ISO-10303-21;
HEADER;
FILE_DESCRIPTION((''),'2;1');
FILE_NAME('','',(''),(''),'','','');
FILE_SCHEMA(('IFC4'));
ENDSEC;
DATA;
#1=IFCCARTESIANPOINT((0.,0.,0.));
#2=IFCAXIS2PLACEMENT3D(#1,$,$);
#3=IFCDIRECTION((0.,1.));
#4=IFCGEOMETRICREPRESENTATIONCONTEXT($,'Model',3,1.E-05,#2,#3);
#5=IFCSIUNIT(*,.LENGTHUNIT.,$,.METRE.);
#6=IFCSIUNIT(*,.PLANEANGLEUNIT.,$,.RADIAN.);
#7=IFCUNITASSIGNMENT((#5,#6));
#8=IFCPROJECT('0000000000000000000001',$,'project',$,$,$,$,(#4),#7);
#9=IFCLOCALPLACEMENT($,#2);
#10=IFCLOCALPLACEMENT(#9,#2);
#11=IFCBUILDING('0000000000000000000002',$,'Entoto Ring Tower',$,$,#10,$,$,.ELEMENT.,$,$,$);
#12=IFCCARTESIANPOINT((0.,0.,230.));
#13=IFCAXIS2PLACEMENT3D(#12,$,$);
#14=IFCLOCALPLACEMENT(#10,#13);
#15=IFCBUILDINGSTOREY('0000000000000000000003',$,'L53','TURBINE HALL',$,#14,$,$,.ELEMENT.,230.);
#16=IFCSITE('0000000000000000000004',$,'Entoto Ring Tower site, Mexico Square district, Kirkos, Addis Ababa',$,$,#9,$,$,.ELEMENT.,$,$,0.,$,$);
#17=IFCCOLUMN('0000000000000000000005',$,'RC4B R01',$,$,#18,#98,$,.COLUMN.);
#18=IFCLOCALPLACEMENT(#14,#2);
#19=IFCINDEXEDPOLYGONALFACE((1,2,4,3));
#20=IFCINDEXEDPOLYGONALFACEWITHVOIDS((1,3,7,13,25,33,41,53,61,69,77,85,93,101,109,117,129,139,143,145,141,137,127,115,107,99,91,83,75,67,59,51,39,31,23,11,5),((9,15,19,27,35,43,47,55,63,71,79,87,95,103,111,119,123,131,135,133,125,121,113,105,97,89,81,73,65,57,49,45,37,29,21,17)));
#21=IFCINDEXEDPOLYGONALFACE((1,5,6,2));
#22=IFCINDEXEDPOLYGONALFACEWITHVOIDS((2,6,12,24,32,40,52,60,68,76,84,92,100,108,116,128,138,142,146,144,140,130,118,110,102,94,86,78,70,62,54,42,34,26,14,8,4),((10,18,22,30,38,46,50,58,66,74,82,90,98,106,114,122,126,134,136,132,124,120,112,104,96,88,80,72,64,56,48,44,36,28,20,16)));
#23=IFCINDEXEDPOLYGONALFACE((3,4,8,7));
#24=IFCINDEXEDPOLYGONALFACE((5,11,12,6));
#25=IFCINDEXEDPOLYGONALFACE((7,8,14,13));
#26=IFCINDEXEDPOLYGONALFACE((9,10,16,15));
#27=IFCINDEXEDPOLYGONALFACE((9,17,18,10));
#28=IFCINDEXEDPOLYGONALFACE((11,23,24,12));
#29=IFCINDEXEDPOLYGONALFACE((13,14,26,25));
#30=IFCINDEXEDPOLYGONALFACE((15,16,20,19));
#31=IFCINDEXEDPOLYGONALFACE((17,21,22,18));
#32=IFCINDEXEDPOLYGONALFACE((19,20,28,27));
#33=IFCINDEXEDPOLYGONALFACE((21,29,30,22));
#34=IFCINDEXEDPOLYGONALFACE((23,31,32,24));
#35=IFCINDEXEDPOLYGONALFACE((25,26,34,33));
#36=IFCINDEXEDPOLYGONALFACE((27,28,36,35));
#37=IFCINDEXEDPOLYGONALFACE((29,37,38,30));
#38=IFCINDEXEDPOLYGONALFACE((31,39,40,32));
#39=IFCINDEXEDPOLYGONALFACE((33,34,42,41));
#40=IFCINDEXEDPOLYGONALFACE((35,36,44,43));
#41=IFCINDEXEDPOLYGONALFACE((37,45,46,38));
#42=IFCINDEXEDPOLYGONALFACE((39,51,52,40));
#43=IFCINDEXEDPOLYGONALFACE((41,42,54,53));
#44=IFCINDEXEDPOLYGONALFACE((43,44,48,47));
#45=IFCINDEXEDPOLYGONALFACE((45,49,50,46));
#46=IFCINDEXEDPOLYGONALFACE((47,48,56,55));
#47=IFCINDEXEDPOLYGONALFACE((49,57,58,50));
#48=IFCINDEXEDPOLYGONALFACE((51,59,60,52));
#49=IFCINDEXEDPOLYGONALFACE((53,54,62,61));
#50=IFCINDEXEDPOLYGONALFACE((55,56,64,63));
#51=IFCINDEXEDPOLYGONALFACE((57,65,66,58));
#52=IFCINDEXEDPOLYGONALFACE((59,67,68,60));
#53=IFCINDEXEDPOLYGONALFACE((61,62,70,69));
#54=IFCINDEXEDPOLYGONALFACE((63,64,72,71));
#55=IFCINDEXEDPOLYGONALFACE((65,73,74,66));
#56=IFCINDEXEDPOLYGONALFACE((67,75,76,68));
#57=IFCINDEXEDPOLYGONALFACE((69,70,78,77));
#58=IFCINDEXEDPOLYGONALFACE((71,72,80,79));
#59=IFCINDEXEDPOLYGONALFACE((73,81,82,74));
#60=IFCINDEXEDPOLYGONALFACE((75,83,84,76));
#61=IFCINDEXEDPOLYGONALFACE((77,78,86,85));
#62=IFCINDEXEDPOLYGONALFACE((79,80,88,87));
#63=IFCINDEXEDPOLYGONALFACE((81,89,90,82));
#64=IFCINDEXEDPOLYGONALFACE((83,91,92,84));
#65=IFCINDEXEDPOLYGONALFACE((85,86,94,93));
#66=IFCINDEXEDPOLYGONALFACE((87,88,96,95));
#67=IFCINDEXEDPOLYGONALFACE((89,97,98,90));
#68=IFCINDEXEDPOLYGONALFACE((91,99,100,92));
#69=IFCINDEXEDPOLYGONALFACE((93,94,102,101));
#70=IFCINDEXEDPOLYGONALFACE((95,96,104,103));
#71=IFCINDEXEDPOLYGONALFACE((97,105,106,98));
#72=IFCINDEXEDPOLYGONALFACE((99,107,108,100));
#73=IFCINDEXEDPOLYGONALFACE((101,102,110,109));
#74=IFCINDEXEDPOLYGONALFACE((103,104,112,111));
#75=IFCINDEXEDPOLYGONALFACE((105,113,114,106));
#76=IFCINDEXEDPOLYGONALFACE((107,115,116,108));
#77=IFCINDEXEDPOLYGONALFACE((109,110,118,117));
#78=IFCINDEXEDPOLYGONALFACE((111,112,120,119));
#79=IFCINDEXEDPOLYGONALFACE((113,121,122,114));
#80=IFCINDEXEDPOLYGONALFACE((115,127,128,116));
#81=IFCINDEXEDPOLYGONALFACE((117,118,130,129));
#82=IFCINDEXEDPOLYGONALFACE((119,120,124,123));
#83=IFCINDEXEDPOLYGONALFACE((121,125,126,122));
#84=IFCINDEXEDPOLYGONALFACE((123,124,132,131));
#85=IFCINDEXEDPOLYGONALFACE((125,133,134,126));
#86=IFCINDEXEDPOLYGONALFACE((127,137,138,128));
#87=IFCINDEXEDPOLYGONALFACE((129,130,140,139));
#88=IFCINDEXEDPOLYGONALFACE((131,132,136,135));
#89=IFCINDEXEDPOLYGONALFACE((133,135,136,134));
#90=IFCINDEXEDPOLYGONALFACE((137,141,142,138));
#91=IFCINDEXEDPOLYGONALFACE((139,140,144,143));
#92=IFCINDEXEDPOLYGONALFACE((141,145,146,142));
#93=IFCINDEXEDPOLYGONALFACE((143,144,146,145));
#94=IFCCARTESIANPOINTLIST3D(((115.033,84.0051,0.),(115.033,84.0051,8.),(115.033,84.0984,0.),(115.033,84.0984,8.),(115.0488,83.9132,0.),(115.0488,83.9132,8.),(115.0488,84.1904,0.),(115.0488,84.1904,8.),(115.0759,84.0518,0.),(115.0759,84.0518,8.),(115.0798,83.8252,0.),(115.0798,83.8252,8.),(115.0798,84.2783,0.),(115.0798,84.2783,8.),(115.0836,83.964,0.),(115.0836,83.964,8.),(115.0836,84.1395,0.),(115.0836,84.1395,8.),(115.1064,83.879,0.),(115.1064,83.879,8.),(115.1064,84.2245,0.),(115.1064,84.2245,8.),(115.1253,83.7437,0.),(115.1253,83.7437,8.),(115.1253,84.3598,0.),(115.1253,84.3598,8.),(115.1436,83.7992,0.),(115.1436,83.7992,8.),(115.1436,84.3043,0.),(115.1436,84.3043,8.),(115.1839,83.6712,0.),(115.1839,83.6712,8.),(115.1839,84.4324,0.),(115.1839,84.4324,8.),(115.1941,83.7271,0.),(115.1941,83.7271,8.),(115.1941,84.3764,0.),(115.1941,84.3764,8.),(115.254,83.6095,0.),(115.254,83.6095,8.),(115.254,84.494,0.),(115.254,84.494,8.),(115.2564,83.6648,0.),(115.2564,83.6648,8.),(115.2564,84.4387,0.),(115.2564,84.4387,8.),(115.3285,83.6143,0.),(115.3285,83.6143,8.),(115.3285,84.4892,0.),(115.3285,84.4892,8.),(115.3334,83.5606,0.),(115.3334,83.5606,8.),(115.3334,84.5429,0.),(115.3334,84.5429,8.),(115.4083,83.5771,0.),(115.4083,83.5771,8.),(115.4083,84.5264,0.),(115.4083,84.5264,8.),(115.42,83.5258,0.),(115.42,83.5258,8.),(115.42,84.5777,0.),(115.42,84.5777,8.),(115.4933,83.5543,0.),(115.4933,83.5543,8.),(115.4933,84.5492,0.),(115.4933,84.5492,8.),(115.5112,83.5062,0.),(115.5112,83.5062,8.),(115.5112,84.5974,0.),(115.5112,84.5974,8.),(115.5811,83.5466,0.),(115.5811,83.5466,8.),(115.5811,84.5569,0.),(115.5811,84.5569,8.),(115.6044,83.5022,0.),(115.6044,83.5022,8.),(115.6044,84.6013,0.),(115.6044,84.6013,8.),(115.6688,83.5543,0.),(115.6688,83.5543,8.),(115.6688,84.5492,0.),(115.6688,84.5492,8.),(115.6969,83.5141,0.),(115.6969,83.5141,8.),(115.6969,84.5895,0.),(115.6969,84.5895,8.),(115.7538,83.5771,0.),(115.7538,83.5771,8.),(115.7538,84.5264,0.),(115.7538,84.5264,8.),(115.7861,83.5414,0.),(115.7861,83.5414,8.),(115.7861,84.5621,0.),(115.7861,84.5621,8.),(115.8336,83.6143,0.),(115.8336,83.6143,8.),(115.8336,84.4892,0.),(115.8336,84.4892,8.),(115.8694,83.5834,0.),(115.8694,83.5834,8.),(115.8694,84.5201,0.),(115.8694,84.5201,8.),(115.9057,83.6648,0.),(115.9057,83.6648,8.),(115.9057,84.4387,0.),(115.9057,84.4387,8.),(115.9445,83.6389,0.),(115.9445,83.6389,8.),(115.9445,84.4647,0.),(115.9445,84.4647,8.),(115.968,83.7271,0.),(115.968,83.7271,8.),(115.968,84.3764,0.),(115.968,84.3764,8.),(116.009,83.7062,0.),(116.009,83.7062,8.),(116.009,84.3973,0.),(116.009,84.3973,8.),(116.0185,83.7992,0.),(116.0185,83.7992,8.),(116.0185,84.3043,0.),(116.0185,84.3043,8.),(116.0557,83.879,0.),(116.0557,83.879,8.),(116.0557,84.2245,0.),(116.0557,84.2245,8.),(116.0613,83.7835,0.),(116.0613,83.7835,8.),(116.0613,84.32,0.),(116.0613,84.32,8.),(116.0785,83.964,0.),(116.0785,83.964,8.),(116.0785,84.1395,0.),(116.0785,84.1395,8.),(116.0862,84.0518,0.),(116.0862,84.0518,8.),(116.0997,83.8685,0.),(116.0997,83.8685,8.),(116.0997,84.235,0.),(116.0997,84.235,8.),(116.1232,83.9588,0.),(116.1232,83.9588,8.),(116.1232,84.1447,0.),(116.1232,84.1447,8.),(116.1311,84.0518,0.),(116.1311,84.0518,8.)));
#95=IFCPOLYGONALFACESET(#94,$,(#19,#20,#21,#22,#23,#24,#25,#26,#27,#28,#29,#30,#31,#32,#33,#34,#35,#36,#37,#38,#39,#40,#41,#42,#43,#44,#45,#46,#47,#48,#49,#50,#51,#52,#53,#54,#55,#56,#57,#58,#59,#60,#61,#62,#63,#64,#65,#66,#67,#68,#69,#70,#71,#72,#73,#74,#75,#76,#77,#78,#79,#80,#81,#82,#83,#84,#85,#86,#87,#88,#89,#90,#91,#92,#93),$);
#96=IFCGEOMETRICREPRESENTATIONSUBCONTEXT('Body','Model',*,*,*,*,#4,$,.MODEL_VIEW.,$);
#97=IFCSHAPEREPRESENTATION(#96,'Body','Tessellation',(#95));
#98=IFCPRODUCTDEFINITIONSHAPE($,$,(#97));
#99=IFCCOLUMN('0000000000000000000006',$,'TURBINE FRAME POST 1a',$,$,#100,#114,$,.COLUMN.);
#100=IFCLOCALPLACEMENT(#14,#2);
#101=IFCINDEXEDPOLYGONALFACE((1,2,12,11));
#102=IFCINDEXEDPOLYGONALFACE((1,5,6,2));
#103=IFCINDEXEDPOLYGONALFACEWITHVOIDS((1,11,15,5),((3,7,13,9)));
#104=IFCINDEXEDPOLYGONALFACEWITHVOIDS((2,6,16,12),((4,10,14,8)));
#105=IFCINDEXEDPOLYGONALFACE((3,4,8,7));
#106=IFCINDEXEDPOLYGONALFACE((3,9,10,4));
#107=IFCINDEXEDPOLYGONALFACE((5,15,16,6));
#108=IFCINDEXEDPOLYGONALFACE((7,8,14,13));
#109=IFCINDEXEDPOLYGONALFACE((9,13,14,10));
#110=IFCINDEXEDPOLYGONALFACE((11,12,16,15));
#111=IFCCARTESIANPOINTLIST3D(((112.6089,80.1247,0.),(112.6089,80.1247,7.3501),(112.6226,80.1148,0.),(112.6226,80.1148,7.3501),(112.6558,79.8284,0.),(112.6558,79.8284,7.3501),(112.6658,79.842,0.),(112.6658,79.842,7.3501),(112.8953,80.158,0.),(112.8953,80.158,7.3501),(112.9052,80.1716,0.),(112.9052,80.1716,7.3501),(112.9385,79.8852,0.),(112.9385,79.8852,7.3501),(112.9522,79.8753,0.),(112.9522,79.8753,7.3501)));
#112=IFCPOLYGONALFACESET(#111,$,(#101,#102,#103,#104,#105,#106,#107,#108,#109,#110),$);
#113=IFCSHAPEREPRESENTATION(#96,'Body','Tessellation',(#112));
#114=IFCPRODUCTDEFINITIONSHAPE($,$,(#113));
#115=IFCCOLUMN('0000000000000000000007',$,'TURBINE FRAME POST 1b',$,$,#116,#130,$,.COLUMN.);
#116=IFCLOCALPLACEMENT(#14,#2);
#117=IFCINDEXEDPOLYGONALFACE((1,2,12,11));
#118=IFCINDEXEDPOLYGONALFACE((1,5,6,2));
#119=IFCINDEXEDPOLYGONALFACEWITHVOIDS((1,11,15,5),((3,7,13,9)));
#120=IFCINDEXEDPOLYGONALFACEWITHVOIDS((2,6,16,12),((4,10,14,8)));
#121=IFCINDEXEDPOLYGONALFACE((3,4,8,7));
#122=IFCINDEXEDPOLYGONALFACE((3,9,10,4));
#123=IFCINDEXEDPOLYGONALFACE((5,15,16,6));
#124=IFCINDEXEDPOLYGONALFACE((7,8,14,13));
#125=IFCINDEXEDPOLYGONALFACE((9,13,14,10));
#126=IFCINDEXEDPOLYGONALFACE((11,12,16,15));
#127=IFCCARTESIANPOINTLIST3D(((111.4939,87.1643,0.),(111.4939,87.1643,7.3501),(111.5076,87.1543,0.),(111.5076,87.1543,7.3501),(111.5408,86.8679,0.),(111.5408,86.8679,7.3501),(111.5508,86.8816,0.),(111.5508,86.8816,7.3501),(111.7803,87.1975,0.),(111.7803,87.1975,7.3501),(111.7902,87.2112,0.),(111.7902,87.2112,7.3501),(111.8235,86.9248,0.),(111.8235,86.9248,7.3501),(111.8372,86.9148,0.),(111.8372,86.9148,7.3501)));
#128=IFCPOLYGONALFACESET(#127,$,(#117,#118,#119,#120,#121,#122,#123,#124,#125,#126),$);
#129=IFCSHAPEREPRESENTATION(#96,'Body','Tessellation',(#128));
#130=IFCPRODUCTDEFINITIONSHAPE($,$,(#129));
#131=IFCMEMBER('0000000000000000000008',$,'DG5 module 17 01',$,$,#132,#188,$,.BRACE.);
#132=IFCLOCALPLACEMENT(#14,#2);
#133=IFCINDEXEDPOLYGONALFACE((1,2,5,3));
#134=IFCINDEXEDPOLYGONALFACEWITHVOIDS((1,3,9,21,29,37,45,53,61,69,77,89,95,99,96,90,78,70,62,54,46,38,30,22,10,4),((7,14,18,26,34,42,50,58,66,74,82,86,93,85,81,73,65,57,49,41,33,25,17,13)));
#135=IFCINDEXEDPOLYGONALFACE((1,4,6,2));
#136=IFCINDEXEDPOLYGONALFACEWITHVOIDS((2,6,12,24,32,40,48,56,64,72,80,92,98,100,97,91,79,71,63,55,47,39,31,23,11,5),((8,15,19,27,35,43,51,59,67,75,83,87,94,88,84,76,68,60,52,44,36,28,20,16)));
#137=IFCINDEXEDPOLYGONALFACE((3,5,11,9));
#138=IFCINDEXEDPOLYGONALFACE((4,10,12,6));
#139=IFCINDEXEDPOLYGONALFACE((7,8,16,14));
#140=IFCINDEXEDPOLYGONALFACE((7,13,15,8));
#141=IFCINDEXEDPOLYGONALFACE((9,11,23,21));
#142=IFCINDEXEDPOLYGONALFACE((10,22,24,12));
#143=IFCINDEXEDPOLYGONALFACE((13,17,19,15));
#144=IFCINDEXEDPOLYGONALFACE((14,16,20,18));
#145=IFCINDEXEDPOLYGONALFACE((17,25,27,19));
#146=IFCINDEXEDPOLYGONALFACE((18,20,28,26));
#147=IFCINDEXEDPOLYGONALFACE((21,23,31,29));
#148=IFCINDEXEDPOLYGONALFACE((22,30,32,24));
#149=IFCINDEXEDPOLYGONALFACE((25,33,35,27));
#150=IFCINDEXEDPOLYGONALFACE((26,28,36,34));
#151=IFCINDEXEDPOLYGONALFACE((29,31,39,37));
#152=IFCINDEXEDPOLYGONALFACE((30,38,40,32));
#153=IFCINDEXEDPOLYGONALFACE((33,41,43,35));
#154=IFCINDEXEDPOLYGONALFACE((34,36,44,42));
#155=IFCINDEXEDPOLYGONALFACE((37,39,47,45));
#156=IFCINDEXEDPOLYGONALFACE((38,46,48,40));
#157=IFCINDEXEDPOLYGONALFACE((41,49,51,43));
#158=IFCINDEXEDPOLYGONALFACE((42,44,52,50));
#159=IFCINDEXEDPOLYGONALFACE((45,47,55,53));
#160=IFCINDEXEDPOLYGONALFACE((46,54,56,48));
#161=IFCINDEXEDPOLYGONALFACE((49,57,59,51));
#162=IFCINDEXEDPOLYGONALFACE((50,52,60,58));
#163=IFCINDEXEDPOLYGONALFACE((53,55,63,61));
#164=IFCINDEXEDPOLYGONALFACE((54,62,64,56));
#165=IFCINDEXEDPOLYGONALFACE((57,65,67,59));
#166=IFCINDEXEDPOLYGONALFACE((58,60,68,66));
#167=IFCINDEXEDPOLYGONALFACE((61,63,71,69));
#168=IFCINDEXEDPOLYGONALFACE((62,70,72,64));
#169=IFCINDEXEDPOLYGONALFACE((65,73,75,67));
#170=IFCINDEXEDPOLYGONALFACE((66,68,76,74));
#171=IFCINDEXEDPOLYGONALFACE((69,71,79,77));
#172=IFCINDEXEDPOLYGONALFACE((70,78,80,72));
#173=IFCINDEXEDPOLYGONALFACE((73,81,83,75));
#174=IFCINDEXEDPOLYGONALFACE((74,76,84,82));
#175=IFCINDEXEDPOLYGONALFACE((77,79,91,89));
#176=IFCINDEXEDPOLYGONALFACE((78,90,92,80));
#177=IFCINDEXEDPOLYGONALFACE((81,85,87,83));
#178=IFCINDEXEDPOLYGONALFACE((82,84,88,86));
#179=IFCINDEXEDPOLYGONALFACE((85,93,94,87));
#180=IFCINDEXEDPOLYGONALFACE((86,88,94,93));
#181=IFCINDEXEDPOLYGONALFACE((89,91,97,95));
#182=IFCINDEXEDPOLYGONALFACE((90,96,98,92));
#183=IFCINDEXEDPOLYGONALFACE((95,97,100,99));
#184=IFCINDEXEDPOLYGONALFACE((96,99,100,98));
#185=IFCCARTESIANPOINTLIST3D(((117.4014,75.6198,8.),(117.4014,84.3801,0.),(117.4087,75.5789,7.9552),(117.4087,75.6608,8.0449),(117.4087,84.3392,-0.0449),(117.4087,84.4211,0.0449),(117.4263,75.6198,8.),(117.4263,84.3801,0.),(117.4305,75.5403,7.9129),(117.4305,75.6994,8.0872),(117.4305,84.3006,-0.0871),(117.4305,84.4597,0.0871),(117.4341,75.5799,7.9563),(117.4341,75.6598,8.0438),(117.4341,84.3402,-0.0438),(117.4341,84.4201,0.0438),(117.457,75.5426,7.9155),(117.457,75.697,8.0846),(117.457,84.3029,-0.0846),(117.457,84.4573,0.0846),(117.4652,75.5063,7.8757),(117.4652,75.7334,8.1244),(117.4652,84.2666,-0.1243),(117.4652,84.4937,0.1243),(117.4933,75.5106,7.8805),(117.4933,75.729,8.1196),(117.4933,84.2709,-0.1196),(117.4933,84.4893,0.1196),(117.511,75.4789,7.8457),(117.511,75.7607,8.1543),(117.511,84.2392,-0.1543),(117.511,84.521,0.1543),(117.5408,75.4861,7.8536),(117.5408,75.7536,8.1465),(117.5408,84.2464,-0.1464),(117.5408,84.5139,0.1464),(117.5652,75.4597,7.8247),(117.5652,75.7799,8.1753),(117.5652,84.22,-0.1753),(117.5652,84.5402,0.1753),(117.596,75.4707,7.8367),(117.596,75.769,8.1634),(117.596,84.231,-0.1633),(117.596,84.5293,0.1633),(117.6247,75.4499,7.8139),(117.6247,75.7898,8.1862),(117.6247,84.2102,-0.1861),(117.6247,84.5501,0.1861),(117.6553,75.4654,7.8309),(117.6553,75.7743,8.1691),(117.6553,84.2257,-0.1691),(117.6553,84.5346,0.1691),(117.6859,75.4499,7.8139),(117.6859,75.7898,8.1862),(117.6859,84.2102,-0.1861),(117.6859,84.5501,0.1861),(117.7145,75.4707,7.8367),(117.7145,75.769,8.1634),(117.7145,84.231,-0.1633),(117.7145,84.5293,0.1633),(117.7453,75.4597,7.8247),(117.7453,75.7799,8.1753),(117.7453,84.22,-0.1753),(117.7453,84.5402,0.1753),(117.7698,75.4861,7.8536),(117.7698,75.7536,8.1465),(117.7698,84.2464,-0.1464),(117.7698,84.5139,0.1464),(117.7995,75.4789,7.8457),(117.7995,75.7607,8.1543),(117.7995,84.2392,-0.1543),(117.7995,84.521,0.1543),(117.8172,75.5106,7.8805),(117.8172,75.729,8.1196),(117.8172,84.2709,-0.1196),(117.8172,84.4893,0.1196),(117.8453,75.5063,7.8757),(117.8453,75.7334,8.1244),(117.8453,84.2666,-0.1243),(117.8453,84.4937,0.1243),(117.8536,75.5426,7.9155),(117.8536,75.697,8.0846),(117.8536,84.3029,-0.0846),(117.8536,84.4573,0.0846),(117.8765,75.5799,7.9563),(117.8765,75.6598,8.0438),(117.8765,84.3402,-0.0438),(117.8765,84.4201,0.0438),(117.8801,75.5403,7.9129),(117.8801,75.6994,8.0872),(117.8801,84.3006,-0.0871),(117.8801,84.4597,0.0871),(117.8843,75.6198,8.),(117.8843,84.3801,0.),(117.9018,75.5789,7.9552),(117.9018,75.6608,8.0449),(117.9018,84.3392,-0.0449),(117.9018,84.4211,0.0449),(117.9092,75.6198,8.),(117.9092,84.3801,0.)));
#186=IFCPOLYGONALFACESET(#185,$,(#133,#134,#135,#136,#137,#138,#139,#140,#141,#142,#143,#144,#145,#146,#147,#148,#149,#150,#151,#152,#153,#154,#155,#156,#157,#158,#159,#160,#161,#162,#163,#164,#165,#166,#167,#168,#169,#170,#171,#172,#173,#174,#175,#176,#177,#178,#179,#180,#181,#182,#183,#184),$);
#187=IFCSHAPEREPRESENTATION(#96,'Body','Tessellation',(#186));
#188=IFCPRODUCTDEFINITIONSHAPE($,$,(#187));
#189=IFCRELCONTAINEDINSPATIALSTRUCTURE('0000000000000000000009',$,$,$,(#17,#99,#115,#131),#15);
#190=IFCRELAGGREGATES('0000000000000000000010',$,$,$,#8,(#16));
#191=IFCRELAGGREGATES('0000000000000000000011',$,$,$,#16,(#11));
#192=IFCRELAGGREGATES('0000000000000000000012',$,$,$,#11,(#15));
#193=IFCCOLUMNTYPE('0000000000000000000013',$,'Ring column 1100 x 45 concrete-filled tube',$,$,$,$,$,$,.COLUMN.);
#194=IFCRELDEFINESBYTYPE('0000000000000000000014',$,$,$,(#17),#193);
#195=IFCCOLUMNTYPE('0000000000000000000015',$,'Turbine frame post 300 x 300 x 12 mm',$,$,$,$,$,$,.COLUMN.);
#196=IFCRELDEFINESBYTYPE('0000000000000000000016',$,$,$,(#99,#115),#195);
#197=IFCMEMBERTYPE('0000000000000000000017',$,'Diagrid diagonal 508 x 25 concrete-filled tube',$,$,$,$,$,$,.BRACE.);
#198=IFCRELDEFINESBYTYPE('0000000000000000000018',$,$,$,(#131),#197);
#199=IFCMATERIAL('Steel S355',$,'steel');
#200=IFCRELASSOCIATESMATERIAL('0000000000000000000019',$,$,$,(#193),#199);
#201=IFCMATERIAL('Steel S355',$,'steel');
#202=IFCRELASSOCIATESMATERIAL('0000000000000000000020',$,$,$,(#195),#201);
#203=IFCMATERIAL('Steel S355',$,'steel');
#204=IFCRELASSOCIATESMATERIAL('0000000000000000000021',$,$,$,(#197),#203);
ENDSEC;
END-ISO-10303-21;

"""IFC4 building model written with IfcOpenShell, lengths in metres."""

from ifc_helpers import new_model, si_unit, direction, frame, origin, origin_2d, place, context, subcontext, project, spatial, hollow_rectangle, circle, hollow_circle, extrude, material, material_profile, profile_set, type_object, element, save


model = new_model("IFC4")

# Units and contexts
model_context = context("Model", 3, precision=1e-05, world=origin(), true_north=direction((0.0, 1.0)))
body_context = subcontext(model_context, "Body", "Model", "MODEL_VIEW")
ifc_project = project(units=[si_unit("LENGTHUNIT", "METRE"), si_unit("PLANEANGLEUNIT", "RADIAN")], contexts=[model_context])

# Site, building, storey
site_placement = place(None, origin())
site = spatial("IfcSite", under=ifc_project, at=site_placement, Name="Entoto Ring Tower site, Mexico Square district, Kirkos, Addis Ababa", CompositionType="ELEMENT", RefElevation=0.0)
building_placement = place(site_placement, origin())
building = spatial("IfcBuilding", under=site, at=building_placement, Name="Entoto Ring Tower", CompositionType="ELEMENT")
storey_placement = place(building_placement, frame((0.0, 0.0, 230.0)))
storey = spatial("IfcBuildingStorey", under=building, at=storey_placement, Name="L53", Description="TURBINE HALL", CompositionType="ELEMENT", Elevation=230.0)

# Columns
ifc_material_1 = material(Name="Steel S355", Category="steel")
ifc_material_profile_1 = material_profile(ifc_material_1, hollow_circle(Radius=0.55, WallThickness=0.0449, at=origin_2d()), Name="CHS 1100 x 45")
ifc_material_2 = material(Name="Concrete C60/75", Category="concrete")
ifc_material_profile_2 = material_profile(ifc_material_2, circle(Radius=0.5049, at=origin_2d()), Name="Concrete C60/75 infill")
ifc_profile_set_1 = profile_set([ifc_material_profile_1, ifc_material_profile_2], Name="Steel S355")
column_type_1 = type_object("IfcColumnType", Name="Ring column 1100 x 45 concrete-filled tube", PredefinedType="COLUMN", material=ifc_profile_set_1)
column_placement = place(storey_placement, frame((115.5811, 84.0518, 0.0), z_axis=(0.0, 0.0, 1.0), x_axis=(1.0, 0.0, 0.0)))
element("IfcColumn", 1, at=column_placement, inside=storey, type_object=column_type_1, Name="RC4B R01", PredefinedType="COLUMN", context=body_context, shape_type="SweptSolid", body=[
    extrude(hollow_circle(Radius=0.55, WallThickness=0.0449, at=origin_2d()), origin(), (0.0, 0.0, 1.0), 8.0),
])
ifc_material_3 = material(Name="Steel S355", Category="steel")
ifc_material_profile_3 = material_profile(ifc_material_3, hollow_rectangle(XDim=0.3, YDim=0.3, WallThickness=0.012, at=origin_2d()), Name="Turbine frame post 300 x 300 x 12 mm")
ifc_profile_set_2 = profile_set([ifc_material_profile_3], Name="Steel S355")
column_type_2 = type_object("IfcColumnType", Name="Turbine frame post 300 x 300 x 12 mm", PredefinedType="COLUMN", material=ifc_profile_set_2)
for number, where, z_axis, x_axis, name in (
    (2, (112.7805, 80.0, 0.0), (0.0, 0.0, 1.0), (-0.156434, 0.987688, 0.0), "TURBINE FRAME POST 1a"),
    (3, (111.6655, 87.0396, 0.0), (0.0, 0.0, 1.0), (-0.156434, 0.987688, 0.0), "TURBINE FRAME POST 1b"),
):
    element("IfcColumn", number, at=place(storey_placement, frame(where, z_axis=z_axis, x_axis=x_axis)), inside=storey, type_object=column_type_2, Name=name, PredefinedType="COLUMN", context=body_context, shape_type="SweptSolid", body=[
        extrude(hollow_rectangle(XDim=0.3, YDim=0.3, WallThickness=0.012, at=origin_2d()), origin(), (0.0, 0.0, 1.0), 7.3501),
    ])

# Member
ifc_material_4 = material(Name="Steel S355", Category="steel")
ifc_material_profile_4 = material_profile(ifc_material_4, hollow_circle(Radius=0.2539, WallThickness=0.0249, at=origin_2d()), Name="CHS 508 x 25")
ifc_material_5 = material(Name="Concrete C60/75", Category="concrete")
ifc_material_profile_5 = material_profile(ifc_material_5, circle(Radius=0.229, at=origin_2d()), Name="Concrete C60/75 infill")
ifc_profile_set_3 = profile_set([ifc_material_profile_4, ifc_material_profile_5], Name="Steel S355")
member_type_1 = type_object("IfcMemberType", Name="Diagrid diagonal 508 x 25 concrete-filled tube", PredefinedType="BRACE", material=ifc_profile_set_3)
for number, where, z_axis, x_axis, name in (
    (4, (117.6553, 84.3801, 0.0), (0.0, -0.738422, 0.674339), (1.0, 0.0, 0.0), "DG5 module 17 01"),
):
    element("IfcMember", number, at=place(storey_placement, frame(where, z_axis=z_axis, x_axis=x_axis)), inside=storey, type_object=member_type_1, Name=name, PredefinedType="BRACE", context=body_context, shape_type="SweptSolid", body=[
        extrude(hollow_circle(Radius=0.2539, WallThickness=0.0249, at=origin_2d()), origin(), (0.0, 0.0, 1.0), 11.8635),
    ])

save(model, "model.ifc")
